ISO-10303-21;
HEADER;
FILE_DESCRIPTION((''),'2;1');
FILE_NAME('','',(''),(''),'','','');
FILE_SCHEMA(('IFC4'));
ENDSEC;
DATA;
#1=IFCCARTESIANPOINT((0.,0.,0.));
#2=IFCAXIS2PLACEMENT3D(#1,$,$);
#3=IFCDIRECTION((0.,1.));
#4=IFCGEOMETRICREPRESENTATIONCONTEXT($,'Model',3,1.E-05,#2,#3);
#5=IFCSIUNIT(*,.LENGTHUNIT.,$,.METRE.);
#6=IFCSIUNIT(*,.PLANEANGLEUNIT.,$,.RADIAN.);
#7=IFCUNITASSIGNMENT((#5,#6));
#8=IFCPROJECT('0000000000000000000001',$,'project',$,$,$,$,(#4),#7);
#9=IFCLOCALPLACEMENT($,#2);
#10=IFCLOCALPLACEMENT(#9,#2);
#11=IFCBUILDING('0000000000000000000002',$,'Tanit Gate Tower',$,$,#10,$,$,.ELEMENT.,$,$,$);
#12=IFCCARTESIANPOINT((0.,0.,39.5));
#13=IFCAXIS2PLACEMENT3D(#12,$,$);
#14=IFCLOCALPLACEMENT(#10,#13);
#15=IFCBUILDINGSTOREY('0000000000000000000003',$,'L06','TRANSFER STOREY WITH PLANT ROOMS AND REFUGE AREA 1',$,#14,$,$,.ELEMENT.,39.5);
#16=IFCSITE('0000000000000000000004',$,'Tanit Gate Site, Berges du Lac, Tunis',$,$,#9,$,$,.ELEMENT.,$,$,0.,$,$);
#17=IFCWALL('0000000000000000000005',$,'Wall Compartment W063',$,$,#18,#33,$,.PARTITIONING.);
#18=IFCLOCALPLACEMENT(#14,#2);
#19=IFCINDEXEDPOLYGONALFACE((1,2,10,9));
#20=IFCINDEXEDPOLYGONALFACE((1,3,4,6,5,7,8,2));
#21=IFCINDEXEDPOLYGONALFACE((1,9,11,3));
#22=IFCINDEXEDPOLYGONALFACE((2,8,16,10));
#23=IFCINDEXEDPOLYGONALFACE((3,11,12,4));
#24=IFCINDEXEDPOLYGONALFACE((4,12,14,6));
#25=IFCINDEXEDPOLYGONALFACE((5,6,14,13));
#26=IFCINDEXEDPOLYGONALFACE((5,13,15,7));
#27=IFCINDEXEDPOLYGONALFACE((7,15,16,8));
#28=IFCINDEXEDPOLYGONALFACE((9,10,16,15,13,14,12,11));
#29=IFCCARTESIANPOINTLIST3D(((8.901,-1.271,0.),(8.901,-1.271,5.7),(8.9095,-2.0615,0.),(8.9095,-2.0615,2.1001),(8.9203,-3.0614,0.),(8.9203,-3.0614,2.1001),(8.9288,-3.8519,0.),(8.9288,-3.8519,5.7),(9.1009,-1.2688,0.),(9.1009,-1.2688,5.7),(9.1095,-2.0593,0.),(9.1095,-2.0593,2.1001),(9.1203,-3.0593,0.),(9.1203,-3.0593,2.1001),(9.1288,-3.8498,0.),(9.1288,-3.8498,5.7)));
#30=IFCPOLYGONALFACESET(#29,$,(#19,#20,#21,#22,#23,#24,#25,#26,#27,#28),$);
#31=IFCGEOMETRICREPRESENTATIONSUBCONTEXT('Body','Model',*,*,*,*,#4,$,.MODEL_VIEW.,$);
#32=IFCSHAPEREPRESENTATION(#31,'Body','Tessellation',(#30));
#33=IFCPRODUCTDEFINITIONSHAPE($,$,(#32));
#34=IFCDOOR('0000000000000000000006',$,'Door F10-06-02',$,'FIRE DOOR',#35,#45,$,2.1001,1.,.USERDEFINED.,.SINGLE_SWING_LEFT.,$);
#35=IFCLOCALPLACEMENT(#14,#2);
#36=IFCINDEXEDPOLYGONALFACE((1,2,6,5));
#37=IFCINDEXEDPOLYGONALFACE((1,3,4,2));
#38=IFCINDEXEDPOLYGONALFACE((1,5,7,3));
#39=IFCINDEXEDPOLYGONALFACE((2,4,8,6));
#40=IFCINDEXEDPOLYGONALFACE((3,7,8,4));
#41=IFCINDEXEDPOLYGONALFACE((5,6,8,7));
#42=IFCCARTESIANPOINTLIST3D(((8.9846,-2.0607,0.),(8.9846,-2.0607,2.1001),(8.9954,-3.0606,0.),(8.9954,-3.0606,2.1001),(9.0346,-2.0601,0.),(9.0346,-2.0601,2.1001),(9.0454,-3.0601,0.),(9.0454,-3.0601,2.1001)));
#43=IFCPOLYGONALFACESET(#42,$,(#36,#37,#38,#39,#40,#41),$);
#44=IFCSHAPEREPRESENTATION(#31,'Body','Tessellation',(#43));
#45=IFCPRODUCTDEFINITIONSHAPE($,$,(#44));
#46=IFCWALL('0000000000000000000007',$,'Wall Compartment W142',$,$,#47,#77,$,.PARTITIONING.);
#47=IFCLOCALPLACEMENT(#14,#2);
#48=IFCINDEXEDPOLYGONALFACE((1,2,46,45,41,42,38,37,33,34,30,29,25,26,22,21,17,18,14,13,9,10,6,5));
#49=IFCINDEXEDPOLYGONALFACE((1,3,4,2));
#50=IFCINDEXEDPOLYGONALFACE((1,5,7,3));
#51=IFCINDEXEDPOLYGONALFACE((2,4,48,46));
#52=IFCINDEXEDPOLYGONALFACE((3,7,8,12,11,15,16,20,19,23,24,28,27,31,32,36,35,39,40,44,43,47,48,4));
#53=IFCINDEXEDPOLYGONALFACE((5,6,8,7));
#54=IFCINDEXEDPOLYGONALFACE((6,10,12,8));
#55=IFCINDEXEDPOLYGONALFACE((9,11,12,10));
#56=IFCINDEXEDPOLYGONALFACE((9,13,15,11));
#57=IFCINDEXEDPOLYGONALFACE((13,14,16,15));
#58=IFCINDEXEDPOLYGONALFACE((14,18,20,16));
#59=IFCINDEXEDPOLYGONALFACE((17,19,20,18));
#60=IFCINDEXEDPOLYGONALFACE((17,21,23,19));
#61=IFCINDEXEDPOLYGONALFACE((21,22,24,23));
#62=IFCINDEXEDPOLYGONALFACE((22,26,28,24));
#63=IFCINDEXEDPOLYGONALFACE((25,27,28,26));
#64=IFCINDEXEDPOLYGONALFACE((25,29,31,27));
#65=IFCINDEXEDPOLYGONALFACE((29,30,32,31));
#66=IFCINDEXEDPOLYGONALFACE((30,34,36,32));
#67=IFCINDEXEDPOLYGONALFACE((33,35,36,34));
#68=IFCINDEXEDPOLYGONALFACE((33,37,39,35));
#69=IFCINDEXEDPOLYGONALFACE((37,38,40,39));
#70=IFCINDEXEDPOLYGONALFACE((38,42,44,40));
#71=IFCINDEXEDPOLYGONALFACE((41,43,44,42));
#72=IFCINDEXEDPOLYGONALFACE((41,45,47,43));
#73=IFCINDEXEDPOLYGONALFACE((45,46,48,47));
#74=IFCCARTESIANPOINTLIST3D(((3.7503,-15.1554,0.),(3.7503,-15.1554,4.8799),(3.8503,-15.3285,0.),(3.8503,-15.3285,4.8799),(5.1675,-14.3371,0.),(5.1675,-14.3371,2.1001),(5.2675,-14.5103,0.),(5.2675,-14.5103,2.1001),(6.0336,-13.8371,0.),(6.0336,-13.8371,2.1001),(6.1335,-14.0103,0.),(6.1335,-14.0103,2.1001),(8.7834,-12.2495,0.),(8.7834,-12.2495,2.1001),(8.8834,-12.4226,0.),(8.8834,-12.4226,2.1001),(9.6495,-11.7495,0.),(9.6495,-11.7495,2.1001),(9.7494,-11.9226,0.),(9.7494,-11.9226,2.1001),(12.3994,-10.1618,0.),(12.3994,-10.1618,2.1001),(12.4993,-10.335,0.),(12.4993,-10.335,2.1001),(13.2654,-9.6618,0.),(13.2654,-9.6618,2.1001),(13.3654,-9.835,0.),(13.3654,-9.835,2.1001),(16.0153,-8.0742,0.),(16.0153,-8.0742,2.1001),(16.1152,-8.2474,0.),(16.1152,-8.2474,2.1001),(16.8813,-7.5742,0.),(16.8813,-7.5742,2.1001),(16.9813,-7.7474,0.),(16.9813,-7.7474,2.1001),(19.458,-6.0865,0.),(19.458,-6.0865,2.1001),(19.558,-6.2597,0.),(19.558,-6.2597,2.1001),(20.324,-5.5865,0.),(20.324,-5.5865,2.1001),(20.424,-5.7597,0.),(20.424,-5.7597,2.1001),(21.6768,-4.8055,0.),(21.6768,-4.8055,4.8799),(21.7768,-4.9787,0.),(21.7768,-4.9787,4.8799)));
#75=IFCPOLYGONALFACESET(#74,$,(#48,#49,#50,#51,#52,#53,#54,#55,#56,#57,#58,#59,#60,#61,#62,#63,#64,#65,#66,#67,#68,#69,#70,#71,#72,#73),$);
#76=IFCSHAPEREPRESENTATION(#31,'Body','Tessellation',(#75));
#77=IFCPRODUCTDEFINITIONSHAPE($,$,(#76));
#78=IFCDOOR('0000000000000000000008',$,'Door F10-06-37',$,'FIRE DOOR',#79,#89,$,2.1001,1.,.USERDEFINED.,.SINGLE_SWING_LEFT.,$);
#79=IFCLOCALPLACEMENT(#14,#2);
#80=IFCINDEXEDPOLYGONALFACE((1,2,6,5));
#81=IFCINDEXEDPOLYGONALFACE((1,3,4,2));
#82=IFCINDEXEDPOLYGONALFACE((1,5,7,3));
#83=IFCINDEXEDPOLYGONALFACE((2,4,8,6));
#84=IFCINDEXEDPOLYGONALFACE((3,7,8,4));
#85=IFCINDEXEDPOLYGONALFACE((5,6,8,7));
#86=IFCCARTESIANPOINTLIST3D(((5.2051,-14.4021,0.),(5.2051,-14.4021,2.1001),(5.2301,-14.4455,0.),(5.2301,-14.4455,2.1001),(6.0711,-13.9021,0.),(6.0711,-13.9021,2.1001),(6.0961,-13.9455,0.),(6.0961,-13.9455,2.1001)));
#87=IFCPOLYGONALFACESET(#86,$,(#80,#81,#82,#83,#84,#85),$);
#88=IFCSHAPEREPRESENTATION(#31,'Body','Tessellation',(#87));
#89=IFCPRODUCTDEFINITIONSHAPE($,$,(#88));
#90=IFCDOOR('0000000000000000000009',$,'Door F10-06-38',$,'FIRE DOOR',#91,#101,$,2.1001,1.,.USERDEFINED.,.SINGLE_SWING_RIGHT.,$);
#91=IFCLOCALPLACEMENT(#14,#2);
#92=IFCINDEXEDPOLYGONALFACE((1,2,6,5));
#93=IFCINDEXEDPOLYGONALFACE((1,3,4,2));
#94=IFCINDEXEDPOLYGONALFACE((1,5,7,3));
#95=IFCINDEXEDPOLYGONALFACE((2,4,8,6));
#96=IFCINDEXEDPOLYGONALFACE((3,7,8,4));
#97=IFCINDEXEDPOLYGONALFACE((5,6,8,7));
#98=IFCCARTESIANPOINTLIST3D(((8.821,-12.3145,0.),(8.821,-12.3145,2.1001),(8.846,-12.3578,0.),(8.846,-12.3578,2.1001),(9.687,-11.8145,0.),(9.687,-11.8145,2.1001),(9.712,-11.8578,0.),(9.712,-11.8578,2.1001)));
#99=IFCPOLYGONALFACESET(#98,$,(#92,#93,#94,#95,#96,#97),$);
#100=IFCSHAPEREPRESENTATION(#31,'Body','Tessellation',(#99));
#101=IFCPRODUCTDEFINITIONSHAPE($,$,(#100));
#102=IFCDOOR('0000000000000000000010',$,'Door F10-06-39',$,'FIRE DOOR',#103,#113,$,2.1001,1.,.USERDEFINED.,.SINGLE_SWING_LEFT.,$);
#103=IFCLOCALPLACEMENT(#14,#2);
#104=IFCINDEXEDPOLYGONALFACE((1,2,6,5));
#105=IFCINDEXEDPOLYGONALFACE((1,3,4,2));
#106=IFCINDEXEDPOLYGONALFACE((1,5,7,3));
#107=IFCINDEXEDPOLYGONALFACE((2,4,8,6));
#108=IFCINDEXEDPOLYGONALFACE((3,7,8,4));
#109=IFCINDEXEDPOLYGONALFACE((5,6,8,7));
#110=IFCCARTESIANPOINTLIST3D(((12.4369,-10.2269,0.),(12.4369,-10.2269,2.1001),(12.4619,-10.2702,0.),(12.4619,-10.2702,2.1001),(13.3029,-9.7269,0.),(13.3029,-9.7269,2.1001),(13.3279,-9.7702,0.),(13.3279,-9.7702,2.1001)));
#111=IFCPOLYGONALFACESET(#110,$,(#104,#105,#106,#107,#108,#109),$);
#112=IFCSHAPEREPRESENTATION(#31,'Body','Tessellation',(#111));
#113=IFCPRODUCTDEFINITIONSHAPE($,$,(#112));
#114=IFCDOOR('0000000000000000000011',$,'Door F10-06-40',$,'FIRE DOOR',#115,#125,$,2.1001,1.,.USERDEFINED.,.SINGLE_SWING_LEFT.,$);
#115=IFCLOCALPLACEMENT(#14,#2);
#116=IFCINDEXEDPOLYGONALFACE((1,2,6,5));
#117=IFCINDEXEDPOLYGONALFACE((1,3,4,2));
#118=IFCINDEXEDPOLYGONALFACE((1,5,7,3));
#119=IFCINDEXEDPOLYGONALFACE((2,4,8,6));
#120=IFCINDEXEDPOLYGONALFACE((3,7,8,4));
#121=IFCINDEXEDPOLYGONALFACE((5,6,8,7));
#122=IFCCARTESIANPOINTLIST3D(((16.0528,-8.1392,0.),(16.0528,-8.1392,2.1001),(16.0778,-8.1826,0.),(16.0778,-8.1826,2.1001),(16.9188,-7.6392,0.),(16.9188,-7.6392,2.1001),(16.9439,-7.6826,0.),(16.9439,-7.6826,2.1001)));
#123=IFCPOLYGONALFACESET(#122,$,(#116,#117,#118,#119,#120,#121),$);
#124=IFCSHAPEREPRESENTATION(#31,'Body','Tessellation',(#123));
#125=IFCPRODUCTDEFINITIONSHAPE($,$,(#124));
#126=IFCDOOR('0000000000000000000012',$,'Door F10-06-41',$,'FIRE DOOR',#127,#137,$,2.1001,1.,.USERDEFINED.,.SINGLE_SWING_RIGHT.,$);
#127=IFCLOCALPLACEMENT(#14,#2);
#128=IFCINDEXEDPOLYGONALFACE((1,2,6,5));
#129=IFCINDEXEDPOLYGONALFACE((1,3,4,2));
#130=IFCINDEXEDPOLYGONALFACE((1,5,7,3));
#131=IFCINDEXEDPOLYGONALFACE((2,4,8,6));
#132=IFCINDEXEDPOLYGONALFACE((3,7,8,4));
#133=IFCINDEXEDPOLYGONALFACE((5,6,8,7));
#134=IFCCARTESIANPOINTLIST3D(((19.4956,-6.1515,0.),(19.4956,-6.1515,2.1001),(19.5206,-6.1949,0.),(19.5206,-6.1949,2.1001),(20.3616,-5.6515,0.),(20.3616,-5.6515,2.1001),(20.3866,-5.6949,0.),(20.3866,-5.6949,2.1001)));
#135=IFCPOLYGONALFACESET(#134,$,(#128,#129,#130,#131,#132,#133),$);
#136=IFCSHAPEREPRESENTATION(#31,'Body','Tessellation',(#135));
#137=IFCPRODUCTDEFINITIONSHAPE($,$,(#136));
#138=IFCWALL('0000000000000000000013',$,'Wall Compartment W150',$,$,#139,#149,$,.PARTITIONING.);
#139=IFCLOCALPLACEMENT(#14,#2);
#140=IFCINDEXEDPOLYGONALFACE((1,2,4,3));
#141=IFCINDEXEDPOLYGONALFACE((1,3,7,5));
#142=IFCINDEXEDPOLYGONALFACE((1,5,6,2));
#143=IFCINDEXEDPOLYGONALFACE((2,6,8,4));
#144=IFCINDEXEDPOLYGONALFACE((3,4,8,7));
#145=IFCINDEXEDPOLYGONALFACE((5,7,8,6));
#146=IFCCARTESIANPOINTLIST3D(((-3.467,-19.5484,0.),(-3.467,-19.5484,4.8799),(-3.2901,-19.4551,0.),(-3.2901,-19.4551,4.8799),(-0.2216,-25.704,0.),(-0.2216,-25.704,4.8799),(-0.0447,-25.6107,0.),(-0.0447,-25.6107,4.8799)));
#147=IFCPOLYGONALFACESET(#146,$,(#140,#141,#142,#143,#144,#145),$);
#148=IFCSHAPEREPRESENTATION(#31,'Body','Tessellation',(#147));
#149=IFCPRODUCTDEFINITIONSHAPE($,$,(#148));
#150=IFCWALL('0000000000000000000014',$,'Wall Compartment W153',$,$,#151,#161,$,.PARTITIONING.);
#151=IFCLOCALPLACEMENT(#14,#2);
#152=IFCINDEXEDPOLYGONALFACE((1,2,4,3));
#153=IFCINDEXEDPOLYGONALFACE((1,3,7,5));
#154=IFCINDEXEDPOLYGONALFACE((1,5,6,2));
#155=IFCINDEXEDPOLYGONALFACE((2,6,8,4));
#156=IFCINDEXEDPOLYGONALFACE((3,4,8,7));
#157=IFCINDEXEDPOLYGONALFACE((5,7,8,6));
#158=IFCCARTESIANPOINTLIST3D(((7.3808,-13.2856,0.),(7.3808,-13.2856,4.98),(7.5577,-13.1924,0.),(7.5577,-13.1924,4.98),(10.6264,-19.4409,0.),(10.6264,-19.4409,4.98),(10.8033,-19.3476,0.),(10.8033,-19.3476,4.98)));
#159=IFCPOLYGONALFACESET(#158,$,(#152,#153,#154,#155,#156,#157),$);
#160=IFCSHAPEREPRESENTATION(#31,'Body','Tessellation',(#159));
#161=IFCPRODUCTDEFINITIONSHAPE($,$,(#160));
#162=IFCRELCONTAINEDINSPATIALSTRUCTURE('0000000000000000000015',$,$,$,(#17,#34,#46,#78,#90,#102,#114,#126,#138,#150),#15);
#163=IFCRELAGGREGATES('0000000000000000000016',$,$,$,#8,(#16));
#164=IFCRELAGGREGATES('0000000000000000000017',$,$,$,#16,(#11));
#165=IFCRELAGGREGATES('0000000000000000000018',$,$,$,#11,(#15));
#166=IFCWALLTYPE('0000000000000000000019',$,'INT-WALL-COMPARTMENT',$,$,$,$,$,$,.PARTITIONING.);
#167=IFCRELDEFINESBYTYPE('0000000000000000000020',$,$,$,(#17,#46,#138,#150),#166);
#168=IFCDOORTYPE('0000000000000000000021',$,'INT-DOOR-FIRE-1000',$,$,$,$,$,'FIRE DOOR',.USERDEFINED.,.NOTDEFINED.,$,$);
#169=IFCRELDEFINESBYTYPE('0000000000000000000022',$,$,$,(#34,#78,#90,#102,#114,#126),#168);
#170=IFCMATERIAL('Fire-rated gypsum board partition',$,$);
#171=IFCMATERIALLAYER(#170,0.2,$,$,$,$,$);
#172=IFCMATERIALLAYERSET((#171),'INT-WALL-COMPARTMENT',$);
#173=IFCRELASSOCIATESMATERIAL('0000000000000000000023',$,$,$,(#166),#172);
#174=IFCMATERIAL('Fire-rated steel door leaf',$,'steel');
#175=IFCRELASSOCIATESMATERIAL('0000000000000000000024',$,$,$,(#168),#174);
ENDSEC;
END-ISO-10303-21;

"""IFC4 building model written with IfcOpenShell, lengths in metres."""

from ifc_helpers import new_model, si_unit, direction, frame, frame_2d, origin, place, context, subcontext, project, spatial, rectangle, extrude, material, layer, layer_set, type_object, element, fill, save


model = new_model("IFC4")

# Units and contexts
model_context = context("Model", 3, precision=1e-05, world=origin(), true_north=direction((0.0, 1.0)))
body_context = subcontext(model_context, "Body", "Model", "MODEL_VIEW")
ifc_project = project(units=[si_unit("LENGTHUNIT", "METRE"), si_unit("PLANEANGLEUNIT", "RADIAN")], contexts=[model_context])

# Site, building, storey
site_placement = place(None, origin())
site = spatial("IfcSite", under=ifc_project, at=site_placement, Name="Tanit Gate Site, Berges du Lac, Tunis", CompositionType="ELEMENT", RefElevation=0.0)
building_placement = place(site_placement, origin())
building = spatial("IfcBuilding", under=site, at=building_placement, Name="Tanit Gate Tower", CompositionType="ELEMENT")
storey_placement = place(building_placement, frame((0.0, 0.0, 39.5)))
storey = spatial("IfcBuildingStorey", under=building, at=storey_placement, Name="L06", Description="TRANSFER STOREY WITH PLANT ROOMS AND REFUGE AREA 1", CompositionType="ELEMENT", Elevation=39.5)

# Wall, opening, door
ifc_material_1 = material(Name="Fire-rated gypsum board partition")
ifc_layer_1 = layer(ifc_material_1, 0.2)
ifc_layer_set_1 = layer_set([ifc_layer_1], Name="INT-WALL-COMPARTMENT")
wall_type_1 = type_object("IfcWallType", Name="INT-WALL-COMPARTMENT", PredefinedType="PARTITIONING", material=ifc_layer_set_1)
wall_1_placement = place(storey_placement, frame((9.0288, -3.8508, 0.0), z_axis=(0.0, 0.0, 1.0), x_axis=(-0.010784, 0.999942, 0.0)))
wall_1 = element("IfcWall", 1, at=wall_1_placement, inside=storey, type_object=wall_type_1, Name="Wall Compartment W063", PredefinedType="PARTITIONING", context=body_context, shape_type="SweptSolid", body=[
    extrude(rectangle(XDim=2.5811, YDim=0.2, at=frame_2d((1.2905, 0.0))), origin(), (0.0, 0.0, 1.0), 5.7),
])
opening_1_placement = place(wall_1_placement, frame((0.7905, 0.0, 0.0)))
opening_1 = element("IfcOpeningElement", 2, at=opening_1_placement, cuts=wall_1, PredefinedType="OPENING", context=body_context, shape_type="SweptSolid", body=[
    extrude(rectangle(XDim=1.0, YDim=2.1001, at=frame_2d((0.5, 1.05))), frame((0.0, 0.1099, 0.0), z_axis=(0.0, -1.0, 0.0), x_axis=(1.0, 0.0, 0.0)), (0.0, 0.0, 1.0), 0.22),
])
ifc_material_2 = material(Name="Fire-rated steel door leaf", Category="steel")
door_type_1 = type_object("IfcDoorType", Name="INT-DOOR-FIRE-1000", ElementType="FIRE DOOR", OperationType="NOTDEFINED", PredefinedType="USERDEFINED", material=ifc_material_2)
door_1_placement = place(opening_1_placement, origin())
door_1 = element("IfcDoor", 3, at=door_1_placement, inside=storey, type_object=door_type_1, Name="Door F10-06-02", ObjectType="FIRE DOOR", OperationType="SINGLE_SWING_LEFT", OverallHeight=2.1001, OverallWidth=1.0, PredefinedType="USERDEFINED", context=body_context, shape_type="SweptSolid", body=[
    extrude(rectangle(XDim=1.0, YDim=2.1001, at=frame_2d((0.5, 1.05))), frame((0.0, 0.0249, 0.0), z_axis=(0.0, -1.0, 0.0), x_axis=(1.0, 0.0, 0.0)), (0.0, 0.0, 1.0), 0.05),
])
fill(opening_1, door_1)

# Wall, openings, doors
wall_2_placement = place(storey_placement, frame((3.8003, -15.2419, 0.0), z_axis=(0.0, 0.0, 1.0), x_axis=(0.866026, 0.499999, 0.0)))
wall_2 = element("IfcWall", 4, at=wall_2_placement, inside=storey, type_object=wall_type_1, Name="Wall Compartment W142", PredefinedType="PARTITIONING", context=body_context, shape_type="SweptSolid", body=[
    extrude(rectangle(XDim=20.6997, YDim=0.2, at=frame_2d((10.3499, 0.0))), origin(), (0.0, 0.0, 1.0), 4.8799),
])
opening_2_placement = place(wall_2_placement, frame((1.6365, 0.0, 0.0)))
opening_2 = element("IfcOpeningElement", 5, at=opening_2_placement, cuts=wall_2, PredefinedType="OPENING", context=body_context, shape_type="SweptSolid", body=[
    extrude(rectangle(XDim=1.0, YDim=2.1001, at=frame_2d((0.5, 1.05))), frame((0.0, 0.1099, 0.0), z_axis=(0.0, -1.0, 0.0), x_axis=(1.0, 0.0, 0.0)), (0.0, 0.0, 1.0), 0.22),
])
opening_3_placement = place(wall_2_placement, frame((5.8118, 0.0, 0.0)))
opening_3 = element("IfcOpeningElement", 6, at=opening_3_placement, cuts=wall_2, PredefinedType="OPENING", context=body_context, shape_type="SweptSolid", body=[
    extrude(rectangle(XDim=1.0, YDim=2.1001, at=frame_2d((0.5, 1.05))), frame((0.0, 0.1099, 0.0), z_axis=(0.0, -1.0, 0.0), x_axis=(1.0, 0.0, 0.0)), (0.0, 0.0, 1.0), 0.22),
])
opening_4_placement = place(wall_2_placement, frame((9.9871, 0.0, 0.0)))
opening_4 = element("IfcOpeningElement", 7, at=opening_4_placement, cuts=wall_2, PredefinedType="OPENING", context=body_context, shape_type="SweptSolid", body=[
    extrude(rectangle(XDim=1.0, YDim=2.1001, at=frame_2d((0.5, 1.05))), frame((0.0, 0.1099, 0.0), z_axis=(0.0, -1.0, 0.0), x_axis=(1.0, 0.0, 0.0)), (0.0, 0.0, 1.0), 0.22),
])
opening_5_placement = place(wall_2_placement, frame((14.1624, 0.0, 0.0)))
opening_5 = element("IfcOpeningElement", 8, at=opening_5_placement, cuts=wall_2, PredefinedType="OPENING", context=body_context, shape_type="SweptSolid", body=[
    extrude(rectangle(XDim=1.0, YDim=2.1001, at=frame_2d((0.5, 1.05))), frame((0.0, 0.1099, 0.0), z_axis=(0.0, -1.0, 0.0), x_axis=(1.0, 0.0, 0.0)), (0.0, 0.0, 1.0), 0.22),
])
opening_6_placement = place(wall_2_placement, frame((18.1377, 0.0, 0.0)))
opening_6 = element("IfcOpeningElement", 9, at=opening_6_placement, cuts=wall_2, PredefinedType="OPENING", context=body_context, shape_type="SweptSolid", body=[
    extrude(rectangle(XDim=1.0, YDim=2.1001, at=frame_2d((0.5, 1.05))), frame((0.0, 0.1099, 0.0), z_axis=(0.0, -1.0, 0.0), x_axis=(1.0, 0.0, 0.0)), (0.0, 0.0, 1.0), 0.22),
])
door_2_placement = place(opening_2_placement, origin())
door_2 = element("IfcDoor", 10, at=door_2_placement, inside=storey, type_object=door_type_1, Name="Door F10-06-37", ObjectType="FIRE DOOR", OperationType="SINGLE_SWING_LEFT", OverallHeight=2.1001, OverallWidth=1.0, PredefinedType="USERDEFINED", context=body_context, shape_type="SweptSolid", body=[
    extrude(rectangle(XDim=1.0, YDim=2.1001, at=frame_2d((0.5, 1.05))), frame((0.0, 0.0249, 0.0), z_axis=(0.0, -1.0, 0.0), x_axis=(1.0, 0.0, 0.0)), (0.0, 0.0, 1.0), 0.05),
])
fill(opening_2, door_2)
door_3_placement = place(opening_3_placement, origin())
door_3 = element("IfcDoor", 11, at=door_3_placement, inside=storey, type_object=door_type_1, Name="Door F10-06-38", ObjectType="FIRE DOOR", OperationType="SINGLE_SWING_RIGHT", OverallHeight=2.1001, OverallWidth=1.0, PredefinedType="USERDEFINED", context=body_context, shape_type="SweptSolid", body=[
    extrude(rectangle(XDim=1.0, YDim=2.1001, at=frame_2d((0.5, 1.05))), frame((0.0, 0.0249, 0.0), z_axis=(0.0, -1.0, 0.0), x_axis=(1.0, 0.0, 0.0)), (0.0, 0.0, 1.0), 0.05),
])
fill(opening_3, door_3)
door_4_placement = place(opening_4_placement, origin())
door_4 = element("IfcDoor", 12, at=door_4_placement, inside=storey, type_object=door_type_1, Name="Door F10-06-39", ObjectType="FIRE DOOR", OperationType="SINGLE_SWING_LEFT", OverallHeight=2.1001, OverallWidth=1.0, PredefinedType="USERDEFINED", context=body_context, shape_type="SweptSolid", body=[
    extrude(rectangle(XDim=1.0, YDim=2.1001, at=frame_2d((0.5, 1.05))), frame((0.0, 0.0249, 0.0), z_axis=(0.0, -1.0, 0.0), x_axis=(1.0, 0.0, 0.0)), (0.0, 0.0, 1.0), 0.05),
])
fill(opening_4, door_4)
door_5_placement = place(opening_5_placement, origin())
door_5 = element("IfcDoor", 13, at=door_5_placement, inside=storey, type_object=door_type_1, Name="Door F10-06-40", ObjectType="FIRE DOOR", OperationType="SINGLE_SWING_LEFT", OverallHeight=2.1001, OverallWidth=1.0, PredefinedType="USERDEFINED", context=body_context, shape_type="SweptSolid", body=[
    extrude(rectangle(XDim=1.0, YDim=2.1001, at=frame_2d((0.5, 1.05))), frame((0.0, 0.0249, 0.0), z_axis=(0.0, -1.0, 0.0), x_axis=(1.0, 0.0, 0.0)), (0.0, 0.0, 1.0), 0.05),
])
fill(opening_5, door_5)
door_6_placement = place(opening_6_placement, origin())
door_6 = element("IfcDoor", 14, at=door_6_placement, inside=storey, type_object=door_type_1, Name="Door F10-06-41", ObjectType="FIRE DOOR", OperationType="SINGLE_SWING_RIGHT", OverallHeight=2.1001, OverallWidth=1.0, PredefinedType="USERDEFINED", context=body_context, shape_type="SweptSolid", body=[
    extrude(rectangle(XDim=1.0, YDim=2.1001, at=frame_2d((0.5, 1.05))), frame((0.0, 0.0249, 0.0), z_axis=(0.0, -1.0, 0.0), x_axis=(1.0, 0.0, 0.0)), (0.0, 0.0, 1.0), 0.05),
])
fill(opening_6, door_6)

# Walls
wall_3_placement = place(storey_placement, frame((-0.1331, -25.6575, 0.0), z_axis=(0.0, 0.0, 1.0), x_axis=(-0.466378, 0.884585, 0.0)))
element("IfcWall", 15, at=wall_3_placement, inside=storey, type_object=wall_type_1, Name="Wall Compartment W150", PredefinedType="PARTITIONING", context=body_context, shape_type="SweptSolid", body=[
    extrude(rectangle(XDim=6.9587, YDim=0.2, at=frame_2d((3.4795, 0.0))), origin(), (0.0, 0.0, 1.0), 4.8799),
])
wall_4_placement = place(storey_placement, frame((7.4692, -13.239, 0.0), z_axis=(0.0, 0.0, 1.0), x_axis=(0.46642, -0.884563, 0.0)))
element("IfcWall", 16, at=wall_4_placement, inside=storey, type_object=wall_type_1, Name="Wall Compartment W153", PredefinedType="PARTITIONING", context=body_context, shape_type="SweptSolid", body=[
    extrude(rectangle(XDim=6.9585, YDim=0.2, at=frame_2d((3.4792, 0.0))), origin(), (0.0, 0.0, 1.0), 4.98),
])

save(model, "model.ifc")
